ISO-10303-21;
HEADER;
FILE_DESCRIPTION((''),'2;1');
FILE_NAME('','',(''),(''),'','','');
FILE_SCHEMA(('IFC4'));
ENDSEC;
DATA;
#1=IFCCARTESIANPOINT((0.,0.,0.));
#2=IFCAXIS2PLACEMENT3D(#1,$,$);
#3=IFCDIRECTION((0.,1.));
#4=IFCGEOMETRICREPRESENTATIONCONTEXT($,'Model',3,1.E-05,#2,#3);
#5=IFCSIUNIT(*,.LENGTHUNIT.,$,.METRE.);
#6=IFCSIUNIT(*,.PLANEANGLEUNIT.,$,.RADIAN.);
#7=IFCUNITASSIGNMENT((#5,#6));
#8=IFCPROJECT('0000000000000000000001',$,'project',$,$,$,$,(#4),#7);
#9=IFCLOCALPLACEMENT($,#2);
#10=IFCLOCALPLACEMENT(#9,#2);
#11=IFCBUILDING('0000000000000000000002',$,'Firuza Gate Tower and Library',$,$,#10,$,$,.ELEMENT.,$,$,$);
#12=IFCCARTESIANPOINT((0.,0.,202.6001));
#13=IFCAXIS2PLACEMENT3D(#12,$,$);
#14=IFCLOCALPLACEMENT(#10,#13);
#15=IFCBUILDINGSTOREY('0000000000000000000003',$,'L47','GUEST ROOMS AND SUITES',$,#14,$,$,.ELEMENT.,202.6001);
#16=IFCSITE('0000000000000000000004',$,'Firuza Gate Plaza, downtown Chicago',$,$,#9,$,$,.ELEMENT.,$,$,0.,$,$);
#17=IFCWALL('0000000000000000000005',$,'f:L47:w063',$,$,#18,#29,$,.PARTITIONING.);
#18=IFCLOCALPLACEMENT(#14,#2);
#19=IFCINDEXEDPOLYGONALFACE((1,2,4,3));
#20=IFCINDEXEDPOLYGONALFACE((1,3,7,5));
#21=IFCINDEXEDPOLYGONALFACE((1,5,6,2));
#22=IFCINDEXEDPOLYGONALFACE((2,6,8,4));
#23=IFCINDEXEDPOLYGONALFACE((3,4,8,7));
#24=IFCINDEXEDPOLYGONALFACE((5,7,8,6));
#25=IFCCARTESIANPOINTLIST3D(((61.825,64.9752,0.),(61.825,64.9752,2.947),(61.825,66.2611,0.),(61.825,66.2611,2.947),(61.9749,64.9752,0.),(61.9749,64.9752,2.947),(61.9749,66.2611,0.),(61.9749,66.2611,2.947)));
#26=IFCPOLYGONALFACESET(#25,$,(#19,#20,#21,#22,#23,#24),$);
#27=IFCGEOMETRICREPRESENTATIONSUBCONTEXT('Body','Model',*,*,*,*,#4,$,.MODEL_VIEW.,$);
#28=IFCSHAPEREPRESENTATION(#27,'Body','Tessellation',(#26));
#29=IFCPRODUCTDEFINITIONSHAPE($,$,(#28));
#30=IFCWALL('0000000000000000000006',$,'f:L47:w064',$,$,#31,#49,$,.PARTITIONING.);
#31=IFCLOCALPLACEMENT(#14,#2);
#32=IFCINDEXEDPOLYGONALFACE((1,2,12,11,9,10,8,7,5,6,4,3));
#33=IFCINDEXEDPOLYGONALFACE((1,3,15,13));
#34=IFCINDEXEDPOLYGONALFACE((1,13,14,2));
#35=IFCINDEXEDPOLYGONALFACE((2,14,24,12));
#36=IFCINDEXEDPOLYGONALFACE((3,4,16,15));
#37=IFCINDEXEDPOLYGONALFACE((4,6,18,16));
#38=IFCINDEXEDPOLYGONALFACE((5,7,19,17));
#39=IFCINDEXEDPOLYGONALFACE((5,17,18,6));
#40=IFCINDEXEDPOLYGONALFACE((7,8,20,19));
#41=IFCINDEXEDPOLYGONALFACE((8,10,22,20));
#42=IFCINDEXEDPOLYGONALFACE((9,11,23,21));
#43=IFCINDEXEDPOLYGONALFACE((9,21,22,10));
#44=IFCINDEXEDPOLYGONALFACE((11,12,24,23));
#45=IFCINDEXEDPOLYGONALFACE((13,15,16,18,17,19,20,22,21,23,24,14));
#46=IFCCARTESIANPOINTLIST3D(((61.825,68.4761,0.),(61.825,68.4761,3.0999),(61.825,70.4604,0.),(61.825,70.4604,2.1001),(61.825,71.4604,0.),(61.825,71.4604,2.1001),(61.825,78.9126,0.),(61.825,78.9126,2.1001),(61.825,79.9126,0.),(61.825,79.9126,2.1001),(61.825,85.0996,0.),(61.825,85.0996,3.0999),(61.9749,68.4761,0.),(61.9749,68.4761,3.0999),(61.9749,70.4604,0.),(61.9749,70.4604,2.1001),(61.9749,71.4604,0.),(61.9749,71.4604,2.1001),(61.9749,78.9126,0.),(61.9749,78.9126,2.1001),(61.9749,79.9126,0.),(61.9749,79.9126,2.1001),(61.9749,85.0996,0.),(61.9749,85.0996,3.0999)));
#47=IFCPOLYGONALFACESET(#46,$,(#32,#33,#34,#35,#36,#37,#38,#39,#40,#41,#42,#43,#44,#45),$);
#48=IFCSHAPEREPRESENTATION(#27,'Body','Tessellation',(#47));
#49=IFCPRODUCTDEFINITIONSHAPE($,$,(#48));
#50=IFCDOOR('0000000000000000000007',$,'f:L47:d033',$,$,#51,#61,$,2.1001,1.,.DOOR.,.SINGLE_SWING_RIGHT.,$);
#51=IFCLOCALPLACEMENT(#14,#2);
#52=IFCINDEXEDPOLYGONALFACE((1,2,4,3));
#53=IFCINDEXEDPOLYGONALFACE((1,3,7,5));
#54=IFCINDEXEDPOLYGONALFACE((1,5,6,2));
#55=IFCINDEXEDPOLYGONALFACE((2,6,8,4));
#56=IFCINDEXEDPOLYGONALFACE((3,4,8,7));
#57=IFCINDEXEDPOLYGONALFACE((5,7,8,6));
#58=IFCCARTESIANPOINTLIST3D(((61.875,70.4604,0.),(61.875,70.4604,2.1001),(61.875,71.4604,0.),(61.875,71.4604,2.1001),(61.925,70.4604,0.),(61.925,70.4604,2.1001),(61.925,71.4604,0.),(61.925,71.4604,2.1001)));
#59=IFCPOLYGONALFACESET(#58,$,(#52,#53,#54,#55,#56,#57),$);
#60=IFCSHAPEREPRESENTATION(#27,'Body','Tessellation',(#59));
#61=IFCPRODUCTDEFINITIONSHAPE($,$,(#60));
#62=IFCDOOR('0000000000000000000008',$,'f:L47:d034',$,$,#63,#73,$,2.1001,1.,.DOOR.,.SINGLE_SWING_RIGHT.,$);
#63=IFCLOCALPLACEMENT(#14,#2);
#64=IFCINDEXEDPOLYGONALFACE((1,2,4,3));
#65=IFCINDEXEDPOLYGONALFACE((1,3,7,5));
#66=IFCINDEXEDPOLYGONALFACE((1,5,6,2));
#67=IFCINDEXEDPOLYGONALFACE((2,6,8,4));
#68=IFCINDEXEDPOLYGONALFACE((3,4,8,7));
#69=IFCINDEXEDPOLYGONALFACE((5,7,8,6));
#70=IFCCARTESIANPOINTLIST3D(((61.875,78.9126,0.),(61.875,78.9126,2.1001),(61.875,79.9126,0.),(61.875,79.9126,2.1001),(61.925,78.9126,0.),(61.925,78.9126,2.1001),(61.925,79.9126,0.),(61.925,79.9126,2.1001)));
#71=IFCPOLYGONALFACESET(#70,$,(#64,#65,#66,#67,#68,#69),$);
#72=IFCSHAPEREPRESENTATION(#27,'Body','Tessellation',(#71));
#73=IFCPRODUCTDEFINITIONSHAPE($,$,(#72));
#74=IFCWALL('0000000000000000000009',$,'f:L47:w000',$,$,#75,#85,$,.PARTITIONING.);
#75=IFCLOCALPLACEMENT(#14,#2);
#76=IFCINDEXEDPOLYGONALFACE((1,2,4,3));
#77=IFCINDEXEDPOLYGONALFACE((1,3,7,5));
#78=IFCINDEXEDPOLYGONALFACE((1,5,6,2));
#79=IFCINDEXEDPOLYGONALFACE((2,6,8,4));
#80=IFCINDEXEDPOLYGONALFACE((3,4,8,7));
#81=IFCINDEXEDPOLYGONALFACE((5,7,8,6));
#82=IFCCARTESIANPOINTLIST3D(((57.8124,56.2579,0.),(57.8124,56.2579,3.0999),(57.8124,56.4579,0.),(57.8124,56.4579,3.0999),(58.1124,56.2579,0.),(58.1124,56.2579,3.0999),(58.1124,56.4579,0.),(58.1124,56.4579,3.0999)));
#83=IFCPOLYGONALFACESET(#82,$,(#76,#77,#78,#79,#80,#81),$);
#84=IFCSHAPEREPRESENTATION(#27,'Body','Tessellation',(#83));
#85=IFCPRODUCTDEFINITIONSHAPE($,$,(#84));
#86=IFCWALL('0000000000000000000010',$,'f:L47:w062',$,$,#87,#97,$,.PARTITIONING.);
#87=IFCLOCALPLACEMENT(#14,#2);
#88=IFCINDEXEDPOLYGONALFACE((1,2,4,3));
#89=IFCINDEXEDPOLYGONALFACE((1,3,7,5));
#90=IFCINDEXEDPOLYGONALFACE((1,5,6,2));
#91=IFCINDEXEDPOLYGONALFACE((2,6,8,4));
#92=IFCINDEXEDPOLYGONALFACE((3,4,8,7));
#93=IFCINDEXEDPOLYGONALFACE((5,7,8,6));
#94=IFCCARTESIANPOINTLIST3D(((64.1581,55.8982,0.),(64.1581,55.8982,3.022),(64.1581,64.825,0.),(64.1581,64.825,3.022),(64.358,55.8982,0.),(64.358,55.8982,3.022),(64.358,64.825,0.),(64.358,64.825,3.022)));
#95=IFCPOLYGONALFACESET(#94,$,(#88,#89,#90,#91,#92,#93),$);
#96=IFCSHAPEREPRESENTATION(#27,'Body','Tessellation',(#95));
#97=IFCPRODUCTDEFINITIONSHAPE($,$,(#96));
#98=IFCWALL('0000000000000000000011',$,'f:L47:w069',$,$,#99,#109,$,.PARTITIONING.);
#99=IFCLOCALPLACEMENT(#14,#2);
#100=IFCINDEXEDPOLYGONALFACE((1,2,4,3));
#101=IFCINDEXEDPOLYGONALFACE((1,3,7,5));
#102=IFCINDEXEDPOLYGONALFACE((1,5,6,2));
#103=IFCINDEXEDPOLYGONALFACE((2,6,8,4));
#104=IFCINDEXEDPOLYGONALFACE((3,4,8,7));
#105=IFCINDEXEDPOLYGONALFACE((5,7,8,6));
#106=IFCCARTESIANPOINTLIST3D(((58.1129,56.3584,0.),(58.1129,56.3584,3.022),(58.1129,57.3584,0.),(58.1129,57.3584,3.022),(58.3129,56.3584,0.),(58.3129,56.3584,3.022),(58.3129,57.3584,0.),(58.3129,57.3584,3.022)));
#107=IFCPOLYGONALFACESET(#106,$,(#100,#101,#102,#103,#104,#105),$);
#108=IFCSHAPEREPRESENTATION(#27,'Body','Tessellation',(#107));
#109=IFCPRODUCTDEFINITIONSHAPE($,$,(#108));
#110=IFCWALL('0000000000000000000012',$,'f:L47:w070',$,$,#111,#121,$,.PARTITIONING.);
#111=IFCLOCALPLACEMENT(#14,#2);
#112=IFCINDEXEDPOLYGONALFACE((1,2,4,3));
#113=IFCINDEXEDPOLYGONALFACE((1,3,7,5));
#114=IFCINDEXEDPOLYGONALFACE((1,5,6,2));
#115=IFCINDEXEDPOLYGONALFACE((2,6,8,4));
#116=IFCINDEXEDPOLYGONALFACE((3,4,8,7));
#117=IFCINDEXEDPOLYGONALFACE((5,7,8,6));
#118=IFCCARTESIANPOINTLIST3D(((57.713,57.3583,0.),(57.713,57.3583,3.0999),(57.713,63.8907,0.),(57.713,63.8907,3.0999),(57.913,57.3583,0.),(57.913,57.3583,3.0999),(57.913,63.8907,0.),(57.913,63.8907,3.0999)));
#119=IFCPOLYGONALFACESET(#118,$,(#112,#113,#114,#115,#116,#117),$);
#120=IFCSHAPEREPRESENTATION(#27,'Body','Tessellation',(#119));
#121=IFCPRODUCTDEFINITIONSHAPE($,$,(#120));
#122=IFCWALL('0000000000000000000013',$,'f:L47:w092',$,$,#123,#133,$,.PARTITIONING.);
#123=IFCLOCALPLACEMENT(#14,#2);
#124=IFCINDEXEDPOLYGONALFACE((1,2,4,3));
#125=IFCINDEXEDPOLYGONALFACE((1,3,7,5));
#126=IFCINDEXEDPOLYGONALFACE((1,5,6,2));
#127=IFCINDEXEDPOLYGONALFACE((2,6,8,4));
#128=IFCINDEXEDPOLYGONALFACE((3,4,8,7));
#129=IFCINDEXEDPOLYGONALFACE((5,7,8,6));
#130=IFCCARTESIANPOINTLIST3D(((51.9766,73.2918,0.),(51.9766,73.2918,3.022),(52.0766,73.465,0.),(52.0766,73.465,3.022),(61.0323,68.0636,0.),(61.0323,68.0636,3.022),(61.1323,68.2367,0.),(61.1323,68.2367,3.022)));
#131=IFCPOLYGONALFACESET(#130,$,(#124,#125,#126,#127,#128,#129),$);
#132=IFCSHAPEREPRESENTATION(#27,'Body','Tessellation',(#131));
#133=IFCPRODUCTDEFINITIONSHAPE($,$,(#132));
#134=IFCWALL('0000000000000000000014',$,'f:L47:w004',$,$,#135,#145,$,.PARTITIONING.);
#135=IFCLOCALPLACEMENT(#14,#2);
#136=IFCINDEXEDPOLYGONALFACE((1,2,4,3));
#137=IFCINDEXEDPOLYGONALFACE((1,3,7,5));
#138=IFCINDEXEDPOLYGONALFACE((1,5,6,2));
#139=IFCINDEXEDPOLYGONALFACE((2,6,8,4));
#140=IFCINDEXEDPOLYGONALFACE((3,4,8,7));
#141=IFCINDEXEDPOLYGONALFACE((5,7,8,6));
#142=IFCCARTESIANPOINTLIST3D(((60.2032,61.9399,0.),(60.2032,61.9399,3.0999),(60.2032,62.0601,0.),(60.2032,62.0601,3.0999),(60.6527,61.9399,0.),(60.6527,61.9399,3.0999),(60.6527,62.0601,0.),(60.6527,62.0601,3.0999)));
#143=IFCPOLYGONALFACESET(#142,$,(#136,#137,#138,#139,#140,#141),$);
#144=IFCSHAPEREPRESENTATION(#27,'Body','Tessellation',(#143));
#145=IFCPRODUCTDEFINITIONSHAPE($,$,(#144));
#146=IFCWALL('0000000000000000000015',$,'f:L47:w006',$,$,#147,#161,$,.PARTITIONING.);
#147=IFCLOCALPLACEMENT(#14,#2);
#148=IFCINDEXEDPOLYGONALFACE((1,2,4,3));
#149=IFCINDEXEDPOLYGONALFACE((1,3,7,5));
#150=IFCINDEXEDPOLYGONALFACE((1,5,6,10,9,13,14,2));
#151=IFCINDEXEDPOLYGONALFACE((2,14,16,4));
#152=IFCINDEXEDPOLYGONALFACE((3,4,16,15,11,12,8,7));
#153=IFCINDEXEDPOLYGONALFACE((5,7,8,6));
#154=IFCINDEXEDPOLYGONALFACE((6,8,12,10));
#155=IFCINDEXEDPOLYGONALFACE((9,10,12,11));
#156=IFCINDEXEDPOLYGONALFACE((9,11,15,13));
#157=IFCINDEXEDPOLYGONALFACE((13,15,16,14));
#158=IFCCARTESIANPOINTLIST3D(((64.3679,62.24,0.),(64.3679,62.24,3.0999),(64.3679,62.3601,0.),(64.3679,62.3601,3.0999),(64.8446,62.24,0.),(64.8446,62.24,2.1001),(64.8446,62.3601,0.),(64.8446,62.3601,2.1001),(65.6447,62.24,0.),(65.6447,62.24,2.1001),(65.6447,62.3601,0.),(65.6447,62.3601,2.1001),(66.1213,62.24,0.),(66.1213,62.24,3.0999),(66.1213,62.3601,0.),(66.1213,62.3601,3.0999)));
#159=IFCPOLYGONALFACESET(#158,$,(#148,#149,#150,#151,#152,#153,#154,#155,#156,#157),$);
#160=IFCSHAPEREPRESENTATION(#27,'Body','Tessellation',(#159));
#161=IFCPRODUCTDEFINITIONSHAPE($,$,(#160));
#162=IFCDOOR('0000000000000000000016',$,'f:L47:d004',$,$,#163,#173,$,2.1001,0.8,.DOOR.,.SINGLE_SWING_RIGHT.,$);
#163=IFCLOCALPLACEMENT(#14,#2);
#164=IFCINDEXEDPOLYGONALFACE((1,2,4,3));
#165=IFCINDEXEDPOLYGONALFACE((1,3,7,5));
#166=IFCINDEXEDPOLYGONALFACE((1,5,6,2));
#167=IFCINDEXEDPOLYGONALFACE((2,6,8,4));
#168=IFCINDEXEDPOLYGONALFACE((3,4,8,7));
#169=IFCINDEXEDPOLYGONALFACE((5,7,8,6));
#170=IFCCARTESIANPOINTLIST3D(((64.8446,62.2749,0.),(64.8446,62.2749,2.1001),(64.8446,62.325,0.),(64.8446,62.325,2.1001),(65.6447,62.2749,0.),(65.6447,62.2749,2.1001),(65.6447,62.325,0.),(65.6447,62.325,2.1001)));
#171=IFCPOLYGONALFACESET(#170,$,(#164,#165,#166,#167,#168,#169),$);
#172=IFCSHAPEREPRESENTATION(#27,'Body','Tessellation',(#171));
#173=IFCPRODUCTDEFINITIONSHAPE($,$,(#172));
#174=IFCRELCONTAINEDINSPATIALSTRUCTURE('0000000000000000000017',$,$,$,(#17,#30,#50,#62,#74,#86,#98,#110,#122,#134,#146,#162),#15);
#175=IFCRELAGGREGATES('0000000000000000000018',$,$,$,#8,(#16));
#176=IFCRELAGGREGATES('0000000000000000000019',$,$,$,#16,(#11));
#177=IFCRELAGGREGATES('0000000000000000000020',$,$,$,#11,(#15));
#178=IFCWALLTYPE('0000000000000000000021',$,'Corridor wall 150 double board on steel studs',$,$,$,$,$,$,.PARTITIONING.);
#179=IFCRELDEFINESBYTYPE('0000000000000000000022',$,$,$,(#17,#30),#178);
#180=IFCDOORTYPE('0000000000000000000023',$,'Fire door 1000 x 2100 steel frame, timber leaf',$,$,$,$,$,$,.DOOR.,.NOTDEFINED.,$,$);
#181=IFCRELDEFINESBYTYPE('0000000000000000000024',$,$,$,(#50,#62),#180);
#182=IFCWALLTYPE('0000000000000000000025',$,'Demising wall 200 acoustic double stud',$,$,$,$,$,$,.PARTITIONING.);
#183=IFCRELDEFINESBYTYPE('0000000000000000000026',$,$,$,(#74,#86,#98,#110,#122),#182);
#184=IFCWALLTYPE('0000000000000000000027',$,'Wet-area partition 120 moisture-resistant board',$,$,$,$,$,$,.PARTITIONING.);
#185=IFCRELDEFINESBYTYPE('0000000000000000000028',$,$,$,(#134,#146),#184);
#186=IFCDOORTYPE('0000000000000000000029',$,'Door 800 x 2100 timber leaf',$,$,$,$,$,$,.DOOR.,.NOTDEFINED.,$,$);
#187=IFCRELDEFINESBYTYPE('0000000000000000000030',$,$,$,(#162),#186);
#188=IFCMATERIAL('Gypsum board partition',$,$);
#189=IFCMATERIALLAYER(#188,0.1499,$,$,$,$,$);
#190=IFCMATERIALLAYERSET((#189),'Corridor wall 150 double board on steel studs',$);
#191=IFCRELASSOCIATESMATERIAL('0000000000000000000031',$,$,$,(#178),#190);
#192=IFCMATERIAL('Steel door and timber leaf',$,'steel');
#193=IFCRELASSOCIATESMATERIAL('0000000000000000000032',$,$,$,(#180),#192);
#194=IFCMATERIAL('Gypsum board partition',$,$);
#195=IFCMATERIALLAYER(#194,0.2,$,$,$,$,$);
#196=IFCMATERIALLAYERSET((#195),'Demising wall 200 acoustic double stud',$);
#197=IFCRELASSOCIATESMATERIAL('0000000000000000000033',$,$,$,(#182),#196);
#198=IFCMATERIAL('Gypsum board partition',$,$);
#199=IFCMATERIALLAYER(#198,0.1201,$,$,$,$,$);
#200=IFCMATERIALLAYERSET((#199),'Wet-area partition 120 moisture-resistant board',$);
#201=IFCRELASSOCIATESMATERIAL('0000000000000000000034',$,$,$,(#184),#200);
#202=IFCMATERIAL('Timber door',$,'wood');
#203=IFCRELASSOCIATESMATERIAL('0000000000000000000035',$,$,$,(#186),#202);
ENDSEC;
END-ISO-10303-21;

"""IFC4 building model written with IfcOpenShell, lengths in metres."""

from ifc_helpers import new_model, si_unit, direction, frame, frame_2d, origin, place, context, subcontext, project, spatial, rectangle, extrude, material, layer, layer_set, type_object, element, fill, save


model = new_model("IFC4")

# Units and contexts
model_context = context("Model", 3, precision=1e-05, world=origin(), true_north=direction((0.0, 1.0)))
body_context = subcontext(model_context, "Body", "Model", "MODEL_VIEW")
ifc_project = project(units=[si_unit("LENGTHUNIT", "METRE"), si_unit("PLANEANGLEUNIT", "RADIAN")], contexts=[model_context])

# Site, building, storey
site_placement = place(None, origin())
site = spatial("IfcSite", under=ifc_project, at=site_placement, Name="Firuza Gate Plaza, downtown Chicago", CompositionType="ELEMENT", RefElevation=0.0)
building_placement = place(site_placement, origin())
building = spatial("IfcBuilding", under=site, at=building_placement, Name="Firuza Gate Tower and Library", CompositionType="ELEMENT")
storey_placement = place(building_placement, frame((0.0, 0.0, 202.6001)))
storey = spatial("IfcBuildingStorey", under=building, at=storey_placement, Name="L47", Description="GUEST ROOMS AND SUITES", CompositionType="ELEMENT", Elevation=202.6001)

# Shared definitions
ifc_material_1 = material(Name="Gypsum board partition")
ifc_layer_1 = layer(ifc_material_1, 0.1499)
ifc_layer_set_1 = layer_set([ifc_layer_1], Name="Corridor wall 150 double board on steel studs")
wall_type_1 = type_object("IfcWallType", Name="Corridor wall 150 double board on steel studs", PredefinedType="PARTITIONING", material=ifc_layer_set_1)
ifc_material_2 = material(Name="Steel door and timber leaf", Category="steel")
door_type_1 = type_object("IfcDoorType", Name="Fire door 1000 x 2100 steel frame, timber leaf", OperationType="NOTDEFINED", PredefinedType="DOOR", material=ifc_material_2)

# Wall
wall_1_placement = place(storey_placement, frame((61.8999, 64.9751, 0.0), z_axis=(0.0, 0.0, 1.0), x_axis=(0.0, 1.0, 0.0)))
element("IfcWall", 1, at=wall_1_placement, inside=storey, type_object=wall_type_1, Name="f:L47:w063", PredefinedType="PARTITIONING", context=body_context, shape_type="SweptSolid", body=[
    extrude(rectangle(XDim=1.2859, YDim=0.1499, at=frame_2d((0.6431, 0.0))), origin(), (0.0, 0.0, 1.0), 2.947),
])

# Wall, openings, doors
wall_2_placement = place(storey_placement, frame((61.8999, 68.4761, 0.0), z_axis=(0.0, 0.0, 1.0), x_axis=(0.0, 1.0, 0.0)))
wall_2 = element("IfcWall", 2, at=wall_2_placement, inside=storey, type_object=wall_type_1, Name="f:L47:w064", PredefinedType="PARTITIONING", context=body_context, shape_type="SweptSolid", body=[
    extrude(rectangle(XDim=16.6235, YDim=0.1499, at=frame_2d((8.3118, 0.0))), origin(), (0.0, 0.0, 1.0), 3.0999),
])
opening_1_placement = place(wall_2_placement, frame((1.9844, 0.0, 0.0)))
opening_1 = element("IfcOpeningElement", 3, at=opening_1_placement, cuts=wall_2, PredefinedType="OPENING", context=body_context, shape_type="SweptSolid", body=[
    extrude(rectangle(XDim=1.0, YDim=2.1001, at=frame_2d((0.5, 1.05))), frame((0.0, 0.085, 0.0), z_axis=(0.0, -1.0, 0.0), x_axis=(1.0, 0.0, 0.0)), (0.0, 0.0, 1.0), 0.1699),
])
opening_2_placement = place(wall_2_placement, frame((10.4365, 0.0, 0.0)))
opening_2 = element("IfcOpeningElement", 4, at=opening_2_placement, cuts=wall_2, PredefinedType="OPENING", context=body_context, shape_type="SweptSolid", body=[
    extrude(rectangle(XDim=1.0, YDim=2.1001, at=frame_2d((0.5, 1.05))), frame((0.0, 0.085, 0.0), z_axis=(0.0, -1.0, 0.0), x_axis=(1.0, 0.0, 0.0)), (0.0, 0.0, 1.0), 0.1699),
])
door_1_placement = place(opening_1_placement, origin())
door_1 = element("IfcDoor", 5, at=door_1_placement, inside=storey, type_object=door_type_1, Name="f:L47:d033", OperationType="SINGLE_SWING_RIGHT", OverallHeight=2.1001, OverallWidth=1.0, PredefinedType="DOOR", context=body_context, shape_type="SweptSolid", body=[
    extrude(rectangle(XDim=1.0, YDim=2.1001, at=frame_2d((0.5, 1.05))), frame((0.0, 0.0249, 0.0), z_axis=(0.0, -1.0, 0.0), x_axis=(1.0, 0.0, 0.0)), (0.0, 0.0, 1.0), 0.05),
])
fill(opening_1, door_1)
door_2_placement = place(opening_2_placement, origin())
door_2 = element("IfcDoor", 6, at=door_2_placement, inside=storey, type_object=door_type_1, Name="f:L47:d034", OperationType="SINGLE_SWING_RIGHT", OverallHeight=2.1001, OverallWidth=1.0, PredefinedType="DOOR", context=body_context, shape_type="SweptSolid", body=[
    extrude(rectangle(XDim=1.0, YDim=2.1001, at=frame_2d((0.5, 1.05))), frame((0.0, 0.0249, 0.0), z_axis=(0.0, -1.0, 0.0), x_axis=(1.0, 0.0, 0.0)), (0.0, 0.0, 1.0), 0.05),
])
fill(opening_2, door_2)

# Walls
ifc_material_3 = material(Name="Gypsum board partition")
ifc_layer_2 = layer(ifc_material_3, 0.2)
ifc_layer_set_2 = layer_set([ifc_layer_2], Name="Demising wall 200 acoustic double stud")
wall_type_2 = type_object("IfcWallType", Name="Demising wall 200 acoustic double stud", PredefinedType="PARTITIONING", material=ifc_layer_set_2)
wall_3_placement = place(storey_placement, frame((57.8125, 56.3579, 0.0), z_axis=(0.0, 0.0, 1.0), x_axis=(1.0, 0.0, 0.0)))
element("IfcWall", 7, at=wall_3_placement, inside=storey, type_object=wall_type_2, Name="f:L47:w000", PredefinedType="PARTITIONING", context=body_context, shape_type="SweptSolid", body=[
    extrude(rectangle(XDim=0.3, YDim=0.2, at=frame_2d((0.1499, 0.0))), origin(), (0.0, 0.0, 1.0), 3.0999),
])
wall_4_placement = place(storey_placement, frame((64.2581, 55.8982, 0.0), z_axis=(0.0, 0.0, 1.0), x_axis=(0.0, 1.0, 0.0)))
element("IfcWall", 8, at=wall_4_placement, inside=storey, type_object=wall_type_2, Name="f:L47:w062", PredefinedType="PARTITIONING", context=body_context, shape_type="SweptSolid", body=[
    extrude(rectangle(XDim=8.9268, YDim=0.2, at=frame_2d((4.4634, 0.0))), origin(), (0.0, 0.0, 1.0), 3.022),
])
wall_5_placement = place(storey_placement, frame((58.2129, 56.3584, 0.0), z_axis=(0.0, 0.0, 1.0), x_axis=(0.0, 1.0, 0.0)))
element("IfcWall", 9, at=wall_5_placement, inside=storey, type_object=wall_type_2, Name="f:L47:w069", PredefinedType="PARTITIONING", context=body_context, shape_type="SweptSolid", body=[
    extrude(rectangle(XDim=1.0, YDim=0.2, at=frame_2d((0.5, 0.0))), origin(), (0.0, 0.0, 1.0), 3.022),
])
wall_6_placement = place(storey_placement, frame((57.813, 57.3584, 0.0), z_axis=(0.0, 0.0, 1.0), x_axis=(0.0, 1.0, 0.0)))
element("IfcWall", 10, at=wall_6_placement, inside=storey, type_object=wall_type_2, Name="f:L47:w070", PredefinedType="PARTITIONING", context=body_context, shape_type="SweptSolid", body=[
    extrude(rectangle(XDim=6.5325, YDim=0.2, at=frame_2d((3.2661, 0.0))), origin(), (0.0, 0.0, 1.0), 3.0999),
])
wall_7_placement = place(storey_placement, frame((61.0823, 68.1501, 0.0), z_axis=(0.0, 0.0, 1.0), x_axis=(-0.866026, 0.499999, 0.0)))
element("IfcWall", 11, at=wall_7_placement, inside=storey, type_object=wall_type_2, Name="f:L47:w092", PredefinedType="PARTITIONING", context=body_context, shape_type="SweptSolid", body=[
    extrude(rectangle(XDim=10.4565, YDim=0.2, at=frame_2d((5.2283, 0.0))), origin(), (0.0, 0.0, 1.0), 3.022),
])
ifc_material_4 = material(Name="Gypsum board partition")
ifc_layer_3 = layer(ifc_material_4, 0.1201)
ifc_layer_set_3 = layer_set([ifc_layer_3], Name="Wet-area partition 120 moisture-resistant board")
wall_type_3 = type_object("IfcWallType", Name="Wet-area partition 120 moisture-resistant board", PredefinedType="PARTITIONING", material=ifc_layer_set_3)
wall_8_placement = place(storey_placement, frame((60.2034, 62.0, 0.0), z_axis=(0.0, 0.0, 1.0), x_axis=(1.0, 0.0, 0.0)))
element("IfcWall", 12, at=wall_8_placement, inside=storey, type_object=wall_type_3, Name="f:L47:w004", PredefinedType="PARTITIONING", context=body_context, shape_type="SweptSolid", body=[
    extrude(rectangle(XDim=0.4495, YDim=0.1201, at=frame_2d((0.2246, 0.0))), origin(), (0.0, 0.0, 1.0), 3.0999),
])

# Wall, opening, door
wall_9_placement = place(storey_placement, frame((64.3679, 62.3, 0.0), z_axis=(0.0, 0.0, 1.0), x_axis=(1.0, 0.0, 0.0)))
wall_9 = element("IfcWall", 13, at=wall_9_placement, inside=storey, type_object=wall_type_3, Name="f:L47:w006", PredefinedType="PARTITIONING", context=body_context, shape_type="SweptSolid", body=[
    extrude(rectangle(XDim=1.7534, YDim=0.1201, at=frame_2d((0.8767, 0.0))), origin(), (0.0, 0.0, 1.0), 3.0999),
])
opening_3_placement = place(wall_9_placement, frame((0.4768, 0.0, 0.0)))
opening_3 = element("IfcOpeningElement", 14, at=opening_3_placement, cuts=wall_9, PredefinedType="OPENING", context=body_context, shape_type="SweptSolid", body=[
    extrude(rectangle(XDim=0.8, YDim=2.1001, at=frame_2d((0.3999, 1.05))), frame((0.0, 0.0701, 0.0), z_axis=(0.0, -1.0, 0.0), x_axis=(1.0, 0.0, 0.0)), (0.0, 0.0, 1.0), 0.1401),
])
ifc_material_5 = material(Name="Timber door", Category="wood")
door_type_2 = type_object("IfcDoorType", Name="Door 800 x 2100 timber leaf", OperationType="NOTDEFINED", PredefinedType="DOOR", material=ifc_material_5)
door_3_placement = place(opening_3_placement, origin())
door_3 = element("IfcDoor", 15, at=door_3_placement, inside=storey, type_object=door_type_2, Name="f:L47:d004", OperationType="SINGLE_SWING_RIGHT", OverallHeight=2.1001, OverallWidth=0.8, PredefinedType="DOOR", context=body_context, shape_type="SweptSolid", body=[
    extrude(rectangle(XDim=0.8, YDim=2.1001, at=frame_2d((0.3999, 1.05))), frame((0.0, 0.0249, 0.0), z_axis=(0.0, -1.0, 0.0), x_axis=(1.0, 0.0, 0.0)), (0.0, 0.0, 1.0), 0.05),
])
fill(opening_3, door_3)

save(model, "model.ifc")
